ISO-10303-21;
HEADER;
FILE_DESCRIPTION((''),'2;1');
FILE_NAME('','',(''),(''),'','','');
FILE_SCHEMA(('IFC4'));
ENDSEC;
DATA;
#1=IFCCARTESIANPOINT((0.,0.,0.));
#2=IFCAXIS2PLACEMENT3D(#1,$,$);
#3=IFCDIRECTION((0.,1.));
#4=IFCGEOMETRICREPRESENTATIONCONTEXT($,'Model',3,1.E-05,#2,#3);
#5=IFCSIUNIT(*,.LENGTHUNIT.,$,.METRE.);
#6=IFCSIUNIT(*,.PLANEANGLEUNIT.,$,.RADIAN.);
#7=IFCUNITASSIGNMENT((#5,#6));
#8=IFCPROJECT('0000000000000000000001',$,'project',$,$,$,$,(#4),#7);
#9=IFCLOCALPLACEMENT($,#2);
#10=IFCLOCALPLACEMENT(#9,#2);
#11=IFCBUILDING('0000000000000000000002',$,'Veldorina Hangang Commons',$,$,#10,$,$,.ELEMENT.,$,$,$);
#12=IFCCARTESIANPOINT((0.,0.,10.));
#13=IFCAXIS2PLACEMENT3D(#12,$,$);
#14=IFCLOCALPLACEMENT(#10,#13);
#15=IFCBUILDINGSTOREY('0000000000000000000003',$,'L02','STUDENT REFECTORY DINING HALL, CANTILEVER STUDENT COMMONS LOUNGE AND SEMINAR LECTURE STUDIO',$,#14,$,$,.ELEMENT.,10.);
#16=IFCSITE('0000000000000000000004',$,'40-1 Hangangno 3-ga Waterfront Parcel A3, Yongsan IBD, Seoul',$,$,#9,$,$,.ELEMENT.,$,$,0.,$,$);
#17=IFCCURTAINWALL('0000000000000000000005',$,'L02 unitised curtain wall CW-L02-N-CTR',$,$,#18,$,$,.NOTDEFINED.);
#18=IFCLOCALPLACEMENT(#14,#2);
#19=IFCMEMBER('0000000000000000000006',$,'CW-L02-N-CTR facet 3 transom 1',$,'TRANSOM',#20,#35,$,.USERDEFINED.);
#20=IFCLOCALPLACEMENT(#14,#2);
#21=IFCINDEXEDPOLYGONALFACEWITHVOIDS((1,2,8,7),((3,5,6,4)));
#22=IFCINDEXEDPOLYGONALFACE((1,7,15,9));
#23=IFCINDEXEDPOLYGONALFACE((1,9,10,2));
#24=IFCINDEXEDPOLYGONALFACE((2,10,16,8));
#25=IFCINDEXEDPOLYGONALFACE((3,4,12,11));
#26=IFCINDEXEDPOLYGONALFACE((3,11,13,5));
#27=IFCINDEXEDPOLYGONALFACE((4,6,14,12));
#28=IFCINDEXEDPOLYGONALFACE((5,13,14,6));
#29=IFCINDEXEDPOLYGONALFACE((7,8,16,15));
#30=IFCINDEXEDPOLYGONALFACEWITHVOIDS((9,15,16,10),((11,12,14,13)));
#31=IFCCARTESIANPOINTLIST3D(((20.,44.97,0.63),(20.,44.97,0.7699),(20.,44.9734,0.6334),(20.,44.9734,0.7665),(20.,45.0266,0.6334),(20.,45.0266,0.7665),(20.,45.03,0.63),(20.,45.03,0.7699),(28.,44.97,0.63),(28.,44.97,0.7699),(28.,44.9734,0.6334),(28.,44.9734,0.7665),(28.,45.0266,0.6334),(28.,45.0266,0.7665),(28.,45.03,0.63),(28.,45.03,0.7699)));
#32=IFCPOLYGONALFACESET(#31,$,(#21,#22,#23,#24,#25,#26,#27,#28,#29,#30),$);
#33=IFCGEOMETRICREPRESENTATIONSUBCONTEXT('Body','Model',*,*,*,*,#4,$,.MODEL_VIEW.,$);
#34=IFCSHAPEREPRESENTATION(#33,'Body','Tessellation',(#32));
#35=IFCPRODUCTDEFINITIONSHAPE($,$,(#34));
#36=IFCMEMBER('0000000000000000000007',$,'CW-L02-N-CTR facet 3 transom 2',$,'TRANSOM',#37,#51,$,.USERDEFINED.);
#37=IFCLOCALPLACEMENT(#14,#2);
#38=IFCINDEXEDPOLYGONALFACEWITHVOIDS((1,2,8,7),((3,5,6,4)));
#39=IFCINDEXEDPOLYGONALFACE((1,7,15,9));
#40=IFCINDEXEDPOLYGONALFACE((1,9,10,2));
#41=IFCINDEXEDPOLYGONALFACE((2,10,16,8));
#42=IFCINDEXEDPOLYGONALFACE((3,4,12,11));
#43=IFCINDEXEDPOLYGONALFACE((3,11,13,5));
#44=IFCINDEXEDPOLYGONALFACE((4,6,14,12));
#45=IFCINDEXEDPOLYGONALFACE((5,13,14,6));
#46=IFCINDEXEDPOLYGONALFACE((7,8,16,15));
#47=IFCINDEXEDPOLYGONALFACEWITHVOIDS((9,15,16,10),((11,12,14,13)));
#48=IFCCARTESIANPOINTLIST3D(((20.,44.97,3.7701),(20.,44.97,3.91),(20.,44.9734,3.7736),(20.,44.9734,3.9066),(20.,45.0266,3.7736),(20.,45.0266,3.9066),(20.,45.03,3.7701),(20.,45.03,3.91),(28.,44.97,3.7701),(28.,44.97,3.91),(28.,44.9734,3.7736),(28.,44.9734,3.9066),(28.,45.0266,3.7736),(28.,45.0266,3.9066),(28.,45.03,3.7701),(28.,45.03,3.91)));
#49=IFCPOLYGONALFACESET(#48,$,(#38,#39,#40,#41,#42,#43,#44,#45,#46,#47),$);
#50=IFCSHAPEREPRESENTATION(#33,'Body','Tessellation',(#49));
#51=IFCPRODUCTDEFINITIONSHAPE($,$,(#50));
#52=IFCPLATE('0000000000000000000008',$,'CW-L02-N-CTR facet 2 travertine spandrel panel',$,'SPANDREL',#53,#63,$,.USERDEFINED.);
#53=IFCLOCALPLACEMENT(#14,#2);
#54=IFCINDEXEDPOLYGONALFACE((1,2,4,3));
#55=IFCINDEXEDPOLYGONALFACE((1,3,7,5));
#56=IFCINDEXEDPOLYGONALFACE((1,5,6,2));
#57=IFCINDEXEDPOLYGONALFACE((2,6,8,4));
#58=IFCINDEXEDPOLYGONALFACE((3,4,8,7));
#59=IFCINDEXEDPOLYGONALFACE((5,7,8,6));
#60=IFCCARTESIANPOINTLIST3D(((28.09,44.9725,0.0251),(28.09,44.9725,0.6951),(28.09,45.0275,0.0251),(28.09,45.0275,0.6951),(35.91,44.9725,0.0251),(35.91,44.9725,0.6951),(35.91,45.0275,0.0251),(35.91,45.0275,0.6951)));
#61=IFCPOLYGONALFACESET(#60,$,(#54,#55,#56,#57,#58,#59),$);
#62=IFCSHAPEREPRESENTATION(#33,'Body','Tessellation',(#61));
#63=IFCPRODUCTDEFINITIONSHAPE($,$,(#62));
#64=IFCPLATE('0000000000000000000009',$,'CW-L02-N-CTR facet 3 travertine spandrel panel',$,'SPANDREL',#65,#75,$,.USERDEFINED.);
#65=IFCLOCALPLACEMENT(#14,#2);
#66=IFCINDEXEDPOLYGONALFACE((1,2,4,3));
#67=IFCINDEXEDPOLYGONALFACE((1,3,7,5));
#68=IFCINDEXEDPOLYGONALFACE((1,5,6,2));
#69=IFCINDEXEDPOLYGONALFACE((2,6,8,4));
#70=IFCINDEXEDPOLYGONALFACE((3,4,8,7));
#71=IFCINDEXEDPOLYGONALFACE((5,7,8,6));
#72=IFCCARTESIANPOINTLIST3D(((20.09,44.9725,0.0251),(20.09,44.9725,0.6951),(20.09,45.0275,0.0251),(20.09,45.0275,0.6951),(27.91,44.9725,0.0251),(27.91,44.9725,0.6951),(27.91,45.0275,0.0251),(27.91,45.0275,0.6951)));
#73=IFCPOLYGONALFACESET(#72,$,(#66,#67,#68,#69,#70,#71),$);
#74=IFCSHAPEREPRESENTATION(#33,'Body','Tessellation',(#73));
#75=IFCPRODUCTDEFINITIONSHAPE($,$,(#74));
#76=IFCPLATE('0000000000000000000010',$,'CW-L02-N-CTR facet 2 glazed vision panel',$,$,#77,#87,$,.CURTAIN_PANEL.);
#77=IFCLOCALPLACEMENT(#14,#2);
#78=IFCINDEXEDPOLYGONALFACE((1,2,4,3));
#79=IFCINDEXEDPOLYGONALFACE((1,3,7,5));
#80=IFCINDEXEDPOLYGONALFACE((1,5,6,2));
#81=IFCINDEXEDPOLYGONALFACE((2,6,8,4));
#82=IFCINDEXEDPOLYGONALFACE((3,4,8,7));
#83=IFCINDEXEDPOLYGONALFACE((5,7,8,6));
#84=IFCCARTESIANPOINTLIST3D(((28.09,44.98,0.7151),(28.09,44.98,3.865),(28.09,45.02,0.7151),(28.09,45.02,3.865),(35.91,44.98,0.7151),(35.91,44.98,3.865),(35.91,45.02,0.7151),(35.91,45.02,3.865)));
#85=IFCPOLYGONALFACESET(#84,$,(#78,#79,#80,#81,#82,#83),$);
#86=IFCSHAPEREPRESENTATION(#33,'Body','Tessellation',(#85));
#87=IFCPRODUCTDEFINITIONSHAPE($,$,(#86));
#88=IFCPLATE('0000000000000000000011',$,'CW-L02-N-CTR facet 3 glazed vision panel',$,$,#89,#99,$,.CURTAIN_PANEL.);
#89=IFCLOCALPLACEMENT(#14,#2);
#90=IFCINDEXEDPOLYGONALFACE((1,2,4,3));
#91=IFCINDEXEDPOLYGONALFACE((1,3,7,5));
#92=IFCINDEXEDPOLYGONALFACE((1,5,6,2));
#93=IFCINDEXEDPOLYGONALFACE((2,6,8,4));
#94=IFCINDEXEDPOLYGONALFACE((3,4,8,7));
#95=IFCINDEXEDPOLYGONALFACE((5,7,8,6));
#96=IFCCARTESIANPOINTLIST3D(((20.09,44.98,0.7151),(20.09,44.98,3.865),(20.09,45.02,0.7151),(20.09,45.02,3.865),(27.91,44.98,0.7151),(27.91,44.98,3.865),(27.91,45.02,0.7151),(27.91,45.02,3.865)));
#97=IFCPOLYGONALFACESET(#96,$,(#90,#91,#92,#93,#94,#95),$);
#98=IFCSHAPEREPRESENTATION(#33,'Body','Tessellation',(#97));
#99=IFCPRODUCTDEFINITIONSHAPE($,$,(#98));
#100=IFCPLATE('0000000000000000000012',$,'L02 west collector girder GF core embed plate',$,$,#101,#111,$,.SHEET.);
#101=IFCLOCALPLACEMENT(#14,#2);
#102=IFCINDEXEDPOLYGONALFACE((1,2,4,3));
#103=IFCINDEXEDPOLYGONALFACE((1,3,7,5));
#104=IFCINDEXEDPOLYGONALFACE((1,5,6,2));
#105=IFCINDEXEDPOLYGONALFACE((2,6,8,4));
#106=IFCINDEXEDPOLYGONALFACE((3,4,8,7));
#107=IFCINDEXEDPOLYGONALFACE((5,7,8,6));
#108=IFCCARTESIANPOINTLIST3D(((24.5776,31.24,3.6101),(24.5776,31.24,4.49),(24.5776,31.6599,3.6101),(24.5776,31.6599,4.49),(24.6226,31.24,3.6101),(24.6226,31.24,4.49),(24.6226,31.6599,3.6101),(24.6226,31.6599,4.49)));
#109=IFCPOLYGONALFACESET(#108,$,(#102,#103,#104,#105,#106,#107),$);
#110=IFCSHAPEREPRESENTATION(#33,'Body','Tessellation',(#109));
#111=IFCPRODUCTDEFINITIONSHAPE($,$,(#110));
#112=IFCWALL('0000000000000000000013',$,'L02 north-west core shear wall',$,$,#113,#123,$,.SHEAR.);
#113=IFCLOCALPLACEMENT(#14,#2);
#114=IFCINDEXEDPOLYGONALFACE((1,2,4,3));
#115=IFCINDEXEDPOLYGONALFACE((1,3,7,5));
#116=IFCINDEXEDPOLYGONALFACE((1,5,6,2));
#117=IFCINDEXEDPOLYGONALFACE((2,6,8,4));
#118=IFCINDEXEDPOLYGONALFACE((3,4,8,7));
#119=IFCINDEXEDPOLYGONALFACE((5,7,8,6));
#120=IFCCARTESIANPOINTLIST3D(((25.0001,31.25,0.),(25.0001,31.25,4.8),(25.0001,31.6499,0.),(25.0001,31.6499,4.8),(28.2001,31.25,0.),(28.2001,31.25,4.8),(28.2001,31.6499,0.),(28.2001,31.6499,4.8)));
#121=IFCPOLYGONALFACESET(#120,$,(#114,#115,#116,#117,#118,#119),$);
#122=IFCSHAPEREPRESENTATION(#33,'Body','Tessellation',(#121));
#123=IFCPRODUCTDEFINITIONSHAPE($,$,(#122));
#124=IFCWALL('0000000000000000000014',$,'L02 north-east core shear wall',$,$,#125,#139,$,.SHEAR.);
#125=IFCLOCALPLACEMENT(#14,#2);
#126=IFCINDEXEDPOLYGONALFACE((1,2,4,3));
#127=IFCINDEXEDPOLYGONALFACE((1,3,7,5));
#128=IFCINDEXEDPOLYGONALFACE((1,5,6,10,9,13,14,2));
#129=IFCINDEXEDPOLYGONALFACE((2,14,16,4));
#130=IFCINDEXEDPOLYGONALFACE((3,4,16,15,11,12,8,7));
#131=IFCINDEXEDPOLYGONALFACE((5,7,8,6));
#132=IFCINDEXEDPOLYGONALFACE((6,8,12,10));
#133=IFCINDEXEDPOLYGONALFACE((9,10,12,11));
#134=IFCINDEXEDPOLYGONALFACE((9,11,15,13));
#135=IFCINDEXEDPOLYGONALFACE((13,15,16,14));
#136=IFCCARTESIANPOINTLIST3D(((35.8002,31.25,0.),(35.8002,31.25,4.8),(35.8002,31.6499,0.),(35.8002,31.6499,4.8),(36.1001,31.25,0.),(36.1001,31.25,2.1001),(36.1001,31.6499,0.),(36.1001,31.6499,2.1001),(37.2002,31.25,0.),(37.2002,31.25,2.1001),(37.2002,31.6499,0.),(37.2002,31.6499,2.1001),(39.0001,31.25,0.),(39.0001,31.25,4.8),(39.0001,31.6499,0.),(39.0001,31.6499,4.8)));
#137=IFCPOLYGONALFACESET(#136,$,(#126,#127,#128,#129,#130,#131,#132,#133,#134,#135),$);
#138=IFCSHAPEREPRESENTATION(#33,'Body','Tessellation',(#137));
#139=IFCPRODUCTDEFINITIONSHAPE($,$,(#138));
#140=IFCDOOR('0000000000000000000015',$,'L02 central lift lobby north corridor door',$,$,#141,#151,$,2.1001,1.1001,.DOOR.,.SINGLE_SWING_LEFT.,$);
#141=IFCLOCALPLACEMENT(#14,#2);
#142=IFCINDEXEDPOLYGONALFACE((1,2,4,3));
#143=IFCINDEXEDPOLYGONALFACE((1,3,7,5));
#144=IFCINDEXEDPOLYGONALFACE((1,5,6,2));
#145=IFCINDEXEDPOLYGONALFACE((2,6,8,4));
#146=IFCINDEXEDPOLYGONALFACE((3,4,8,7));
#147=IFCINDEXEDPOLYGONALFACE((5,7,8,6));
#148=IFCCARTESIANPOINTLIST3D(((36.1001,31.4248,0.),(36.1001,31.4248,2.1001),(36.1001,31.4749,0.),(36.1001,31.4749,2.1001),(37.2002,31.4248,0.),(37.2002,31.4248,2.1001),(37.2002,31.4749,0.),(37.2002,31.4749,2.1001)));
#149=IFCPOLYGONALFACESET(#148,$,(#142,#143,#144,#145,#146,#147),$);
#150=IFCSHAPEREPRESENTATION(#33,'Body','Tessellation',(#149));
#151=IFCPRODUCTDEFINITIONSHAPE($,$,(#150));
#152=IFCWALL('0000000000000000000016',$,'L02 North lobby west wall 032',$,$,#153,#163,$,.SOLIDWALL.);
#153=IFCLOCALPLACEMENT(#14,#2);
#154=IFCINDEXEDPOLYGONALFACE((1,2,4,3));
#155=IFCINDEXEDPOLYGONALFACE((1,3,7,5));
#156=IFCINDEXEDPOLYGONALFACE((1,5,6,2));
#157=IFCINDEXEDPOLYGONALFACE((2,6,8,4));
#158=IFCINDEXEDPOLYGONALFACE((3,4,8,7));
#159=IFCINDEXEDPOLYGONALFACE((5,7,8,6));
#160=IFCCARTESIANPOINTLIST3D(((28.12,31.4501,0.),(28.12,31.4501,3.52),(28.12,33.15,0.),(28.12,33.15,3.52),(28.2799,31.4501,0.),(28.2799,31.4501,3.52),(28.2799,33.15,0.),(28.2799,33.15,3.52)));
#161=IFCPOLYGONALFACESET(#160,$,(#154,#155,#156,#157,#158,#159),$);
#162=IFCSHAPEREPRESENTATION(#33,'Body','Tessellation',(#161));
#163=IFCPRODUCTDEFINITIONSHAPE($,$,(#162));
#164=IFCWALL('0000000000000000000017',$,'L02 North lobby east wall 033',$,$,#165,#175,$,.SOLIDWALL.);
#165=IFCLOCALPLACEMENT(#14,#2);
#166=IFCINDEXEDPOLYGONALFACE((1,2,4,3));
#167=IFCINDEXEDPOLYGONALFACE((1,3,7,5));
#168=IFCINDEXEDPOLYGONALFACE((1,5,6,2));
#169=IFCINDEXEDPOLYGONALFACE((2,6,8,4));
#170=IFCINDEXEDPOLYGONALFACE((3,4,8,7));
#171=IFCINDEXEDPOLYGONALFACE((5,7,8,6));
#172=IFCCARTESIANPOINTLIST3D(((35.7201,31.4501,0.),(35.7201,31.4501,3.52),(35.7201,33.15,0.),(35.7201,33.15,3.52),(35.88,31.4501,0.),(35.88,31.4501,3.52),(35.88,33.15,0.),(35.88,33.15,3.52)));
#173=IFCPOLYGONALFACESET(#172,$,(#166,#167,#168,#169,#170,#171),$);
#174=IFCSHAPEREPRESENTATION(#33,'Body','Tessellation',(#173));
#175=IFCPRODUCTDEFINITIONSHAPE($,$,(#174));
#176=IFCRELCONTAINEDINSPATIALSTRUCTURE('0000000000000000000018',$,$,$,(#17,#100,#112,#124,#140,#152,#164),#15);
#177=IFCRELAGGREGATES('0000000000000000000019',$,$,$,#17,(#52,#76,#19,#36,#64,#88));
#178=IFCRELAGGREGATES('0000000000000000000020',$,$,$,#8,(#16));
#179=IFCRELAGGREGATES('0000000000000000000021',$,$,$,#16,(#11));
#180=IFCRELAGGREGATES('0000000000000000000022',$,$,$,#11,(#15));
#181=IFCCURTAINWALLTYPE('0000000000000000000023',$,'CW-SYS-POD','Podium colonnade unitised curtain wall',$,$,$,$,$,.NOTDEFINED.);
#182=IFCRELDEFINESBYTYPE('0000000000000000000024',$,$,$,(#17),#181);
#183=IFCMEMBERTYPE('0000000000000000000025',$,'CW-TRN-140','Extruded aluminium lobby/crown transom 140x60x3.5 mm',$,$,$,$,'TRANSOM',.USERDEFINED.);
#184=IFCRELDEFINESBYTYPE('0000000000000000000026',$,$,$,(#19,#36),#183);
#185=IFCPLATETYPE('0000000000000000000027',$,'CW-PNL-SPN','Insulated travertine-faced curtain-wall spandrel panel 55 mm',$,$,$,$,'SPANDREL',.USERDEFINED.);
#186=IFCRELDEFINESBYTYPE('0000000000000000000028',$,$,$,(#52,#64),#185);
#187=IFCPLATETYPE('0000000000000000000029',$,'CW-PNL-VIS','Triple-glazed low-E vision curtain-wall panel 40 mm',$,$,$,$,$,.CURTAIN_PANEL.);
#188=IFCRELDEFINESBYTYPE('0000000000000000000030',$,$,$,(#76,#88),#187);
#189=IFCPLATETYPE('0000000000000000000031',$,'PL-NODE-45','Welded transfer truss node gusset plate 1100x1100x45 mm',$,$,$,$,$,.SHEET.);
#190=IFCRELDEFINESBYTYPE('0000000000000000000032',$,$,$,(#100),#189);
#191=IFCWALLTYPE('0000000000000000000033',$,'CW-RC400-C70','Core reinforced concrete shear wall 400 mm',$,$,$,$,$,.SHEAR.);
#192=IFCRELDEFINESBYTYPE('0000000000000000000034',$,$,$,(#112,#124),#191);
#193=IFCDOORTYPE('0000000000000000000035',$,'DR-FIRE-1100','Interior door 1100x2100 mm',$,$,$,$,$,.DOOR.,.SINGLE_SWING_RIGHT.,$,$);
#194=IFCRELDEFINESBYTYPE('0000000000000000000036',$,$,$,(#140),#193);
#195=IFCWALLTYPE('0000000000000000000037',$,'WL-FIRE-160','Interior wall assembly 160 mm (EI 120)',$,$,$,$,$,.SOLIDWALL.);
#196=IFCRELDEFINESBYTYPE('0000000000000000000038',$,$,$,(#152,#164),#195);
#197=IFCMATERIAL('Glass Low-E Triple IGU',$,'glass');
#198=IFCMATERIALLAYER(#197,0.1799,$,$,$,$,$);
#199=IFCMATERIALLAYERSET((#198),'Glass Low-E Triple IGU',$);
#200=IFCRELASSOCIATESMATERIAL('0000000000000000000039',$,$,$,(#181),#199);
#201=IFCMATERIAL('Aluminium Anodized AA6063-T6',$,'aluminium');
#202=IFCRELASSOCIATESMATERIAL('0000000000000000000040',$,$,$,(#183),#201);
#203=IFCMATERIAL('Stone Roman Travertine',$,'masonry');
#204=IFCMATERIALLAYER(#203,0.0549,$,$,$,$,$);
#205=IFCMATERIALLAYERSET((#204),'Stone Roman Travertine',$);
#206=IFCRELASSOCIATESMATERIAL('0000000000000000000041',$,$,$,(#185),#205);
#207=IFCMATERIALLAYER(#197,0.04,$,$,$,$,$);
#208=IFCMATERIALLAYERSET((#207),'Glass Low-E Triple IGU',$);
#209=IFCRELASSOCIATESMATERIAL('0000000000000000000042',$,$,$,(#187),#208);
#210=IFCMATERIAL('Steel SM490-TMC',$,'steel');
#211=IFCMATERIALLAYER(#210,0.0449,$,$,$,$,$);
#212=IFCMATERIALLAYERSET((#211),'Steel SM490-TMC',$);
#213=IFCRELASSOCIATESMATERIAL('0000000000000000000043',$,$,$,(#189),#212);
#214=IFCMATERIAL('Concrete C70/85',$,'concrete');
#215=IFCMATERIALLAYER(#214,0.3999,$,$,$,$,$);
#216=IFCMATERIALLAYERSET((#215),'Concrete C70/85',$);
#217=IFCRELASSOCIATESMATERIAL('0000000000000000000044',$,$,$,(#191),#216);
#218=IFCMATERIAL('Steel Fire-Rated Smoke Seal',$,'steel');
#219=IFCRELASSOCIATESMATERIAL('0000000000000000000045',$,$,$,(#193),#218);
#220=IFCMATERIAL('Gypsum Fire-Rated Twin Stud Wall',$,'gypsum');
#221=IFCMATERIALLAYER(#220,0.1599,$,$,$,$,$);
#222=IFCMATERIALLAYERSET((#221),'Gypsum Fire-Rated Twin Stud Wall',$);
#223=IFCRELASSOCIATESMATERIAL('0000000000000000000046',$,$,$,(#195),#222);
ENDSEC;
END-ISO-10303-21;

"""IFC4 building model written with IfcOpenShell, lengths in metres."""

from ifc_helpers import new_model, si_unit, direction, frame, frame_2d, origin, origin_2d, place, context, subcontext, project, spatial, rectangle, hollow_rectangle, extrude, material, layer, layer_set, material_profile, profile_set, type_object, element, fill, aggregate, save


model = new_model("IFC4")

# Units and contexts
model_context = context("Model", 3, precision=1e-05, world=origin(), true_north=direction((0.0, 1.0)))
body_context = subcontext(model_context, "Body", "Model", "MODEL_VIEW")
ifc_project = project(units=[si_unit("LENGTHUNIT", "METRE"), si_unit("PLANEANGLEUNIT", "RADIAN")], contexts=[model_context])

# Site, building, storey
site_placement = place(None, origin())
site = spatial("IfcSite", under=ifc_project, at=site_placement, Name="40-1 Hangangno 3-ga Waterfront Parcel A3, Yongsan IBD, Seoul", CompositionType="ELEMENT", RefElevation=0.0)
building_placement = place(site_placement, origin())
building = spatial("IfcBuilding", under=site, at=building_placement, Name="Veldorina Hangang Commons", CompositionType="ELEMENT")
storey_placement = place(building_placement, frame((0.0, 0.0, 10.0)))
storey = spatial("IfcBuildingStorey", under=building, at=storey_placement, Name="L02", Description="STUDENT REFECTORY DINING HALL, CANTILEVER STUDENT COMMONS LOUNGE AND SEMINAR LECTURE STUDIO", CompositionType="ELEMENT", Elevation=10.0)

# Shared definitions
ifc_material_1 = material(Name="Concrete C70/85", Category="concrete")

# Curtain wall, members, plates
ifc_material_2 = material(Name="Glass Low-E Triple IGU", Category="glass")
ifc_layer_1 = layer(ifc_material_2, 0.1799)
ifc_layer_set_1 = layer_set([ifc_layer_1], Name="Glass Low-E Triple IGU")
curtain_wall_type = type_object("IfcCurtainWallType", Name="CW-SYS-POD", Description="Podium colonnade unitised curtain wall", PredefinedType="NOTDEFINED", material=ifc_layer_set_1)
curtain_wall_placement = place(storey_placement, origin())
curtain_wall = element("IfcCurtainWall", 1, at=curtain_wall_placement, inside=storey, type_object=curtain_wall_type, Name="L02 unitised curtain wall CW-L02-N-CTR", PredefinedType="NOTDEFINED")
ifc_material_3 = material(Name="Aluminium Anodized AA6063-T6", Category="aluminium")
ifc_material_profile_1 = material_profile(ifc_material_3, hollow_rectangle(XDim=0.0601, YDim=0.1399, WallThickness=0.0034, at=origin_2d()), Name="ALU-RHS-140x60x3.5")
ifc_profile_set_1 = profile_set([ifc_material_profile_1], Name="Aluminium Anodized AA6063-T6")
member_type_1 = type_object("IfcMemberType", Name="CW-TRN-140", Description="Extruded aluminium lobby/crown transom 140x60x3.5 mm", ElementType="TRANSOM", PredefinedType="USERDEFINED", material=ifc_profile_set_1)
member_1_placement = place(storey_placement, frame((28.0, 45.0, 0.7), z_axis=(-1.0, 0.0, 0.0), x_axis=(0.0, -1.0, 0.0)))
member_1 = element("IfcMember", 2, at=member_1_placement, type_object=member_type_1, Name="CW-L02-N-CTR facet 3 transom 1", ObjectType="TRANSOM", PredefinedType="USERDEFINED", context=body_context, shape_type="SweptSolid", body=[
    extrude(hollow_rectangle(XDim=0.0601, YDim=0.1399, WallThickness=0.0034, at=origin_2d()), origin(), (0.0, 0.0, 1.0), 8.0),
])
member_2_placement = place(storey_placement, frame((28.0, 45.0, 3.8401), z_axis=(-1.0, 0.0, 0.0), x_axis=(0.0, -1.0, 0.0)))
member_2 = element("IfcMember", 3, at=member_2_placement, type_object=member_type_1, Name="CW-L02-N-CTR facet 3 transom 2", ObjectType="TRANSOM", PredefinedType="USERDEFINED", context=body_context, shape_type="SweptSolid", body=[
    extrude(hollow_rectangle(XDim=0.0601, YDim=0.1399, WallThickness=0.0034, at=origin_2d()), origin(), (0.0, 0.0, 1.0), 8.0),
])
ifc_material_4 = material(Name="Stone Roman Travertine", Category="masonry")
ifc_layer_2 = layer(ifc_material_4, 0.0549)
ifc_layer_set_2 = layer_set([ifc_layer_2], Name="Stone Roman Travertine")
plate_type_1 = type_object("IfcPlateType", Name="CW-PNL-SPN", Description="Insulated travertine-faced curtain-wall spandrel panel 55 mm", ElementType="SPANDREL", PredefinedType="USERDEFINED", material=ifc_layer_set_2)
plate_1_placement = place(storey_placement, frame((32.0, 45.0, 0.0251), z_axis=(0.0, 0.0, 1.0), x_axis=(-1.0, 0.0, 0.0)))
plate_1 = element("IfcPlate", 4, at=plate_1_placement, type_object=plate_type_1, Name="CW-L02-N-CTR facet 2 travertine spandrel panel", ObjectType="SPANDREL", PredefinedType="USERDEFINED", context=body_context, shape_type="SweptSolid", body=[
    extrude(rectangle(XDim=7.8201, YDim=0.0549, at=origin_2d()), origin(), (0.0, 0.0, 1.0), 0.6699),
])
plate_2_placement = place(storey_placement, frame((24.0, 45.0, 0.0251), z_axis=(0.0, 0.0, 1.0), x_axis=(-1.0, 0.0, 0.0)))
plate_2 = element("IfcPlate", 5, at=plate_2_placement, type_object=plate_type_1, Name="CW-L02-N-CTR facet 3 travertine spandrel panel", ObjectType="SPANDREL", PredefinedType="USERDEFINED", context=body_context, shape_type="SweptSolid", body=[
    extrude(rectangle(XDim=7.8201, YDim=0.0549, at=origin_2d()), origin(), (0.0, 0.0, 1.0), 0.6699),
])
ifc_layer_3 = layer(ifc_material_2, 0.04)
ifc_layer_set_3 = layer_set([ifc_layer_3], Name="Glass Low-E Triple IGU")
plate_type_2 = type_object("IfcPlateType", Name="CW-PNL-VIS", Description="Triple-glazed low-E vision curtain-wall panel 40 mm", PredefinedType="CURTAIN_PANEL", material=ifc_layer_set_3)
plate_3_placement = place(storey_placement, frame((32.0, 45.0, 0.7151), z_axis=(0.0, 0.0, 1.0), x_axis=(-1.0, 0.0, 0.0)))
plate_3 = element("IfcPlate", 6, at=plate_3_placement, type_object=plate_type_2, Name="CW-L02-N-CTR facet 2 glazed vision panel", PredefinedType="CURTAIN_PANEL", context=body_context, shape_type="SweptSolid", body=[
    extrude(rectangle(XDim=7.8201, YDim=0.04, at=origin_2d()), origin(), (0.0, 0.0, 1.0), 3.1499),
])
plate_4_placement = place(storey_placement, frame((24.0, 45.0, 0.7151), z_axis=(0.0, 0.0, 1.0), x_axis=(-1.0, 0.0, 0.0)))
plate_4 = element("IfcPlate", 7, at=plate_4_placement, type_object=plate_type_2, Name="CW-L02-N-CTR facet 3 glazed vision panel", PredefinedType="CURTAIN_PANEL", context=body_context, shape_type="SweptSolid", body=[
    extrude(rectangle(XDim=7.8201, YDim=0.04, at=origin_2d()), origin(), (0.0, 0.0, 1.0), 3.1499),
])
aggregate(curtain_wall, [plate_1, plate_3, member_1, member_2, plate_2, plate_4])

# Plate
ifc_material_5 = material(Name="Steel SM490-TMC", Category="steel")
ifc_layer_4 = layer(ifc_material_5, 0.0449)
ifc_layer_set_4 = layer_set([ifc_layer_4], Name="Steel SM490-TMC")
plate_type_3 = type_object("IfcPlateType", Name="PL-NODE-45", Description="Welded transfer truss node gusset plate 1100x1100x45 mm", PredefinedType="SHEET", material=ifc_layer_set_4)
plate_5_placement = place(storey_placement, frame((24.6001, 31.45, 3.6101), z_axis=(0.0, 0.0, 1.0), x_axis=(1.0, 0.0, 0.0)))
element("IfcPlate", 8, at=plate_5_placement, inside=storey, type_object=plate_type_3, Name="L02 west collector girder GF core embed plate", PredefinedType="SHEET", context=body_context, shape_type="SweptSolid", body=[
    extrude(rectangle(XDim=0.0449, YDim=0.4199, at=origin_2d()), origin(), (0.0, 0.0, 1.0), 0.8799),
])

# Wall
ifc_layer_5 = layer(ifc_material_1, 0.3999)
ifc_layer_set_5 = layer_set([ifc_layer_5], Name="Concrete C70/85")
wall_type_1 = type_object("IfcWallType", Name="CW-RC400-C70", Description="Core reinforced concrete shear wall 400 mm", PredefinedType="SHEAR", material=ifc_layer_set_5)
wall_1_placement = place(storey_placement, frame((25.0, 31.45, 0.0), z_axis=(0.0, 0.0, 1.0), x_axis=(1.0, 0.0, 0.0)))
element("IfcWall", 9, at=wall_1_placement, inside=storey, type_object=wall_type_1, Name="L02 north-west core shear wall", PredefinedType="SHEAR", context=body_context, shape_type="SweptSolid", body=[
    extrude(rectangle(XDim=3.2, YDim=0.3999, at=frame_2d((1.6001, 0.0))), origin(), (0.0, 0.0, 1.0), 4.8),
])

# Wall, opening, door
wall_2_placement = place(storey_placement, frame((35.8, 31.45, 0.0), z_axis=(0.0, 0.0, 1.0), x_axis=(1.0, 0.0, 0.0)))
wall_2 = element("IfcWall", 10, at=wall_2_placement, inside=storey, type_object=wall_type_1, Name="L02 north-east core shear wall", PredefinedType="SHEAR", context=body_context, shape_type="SweptSolid", body=[
    extrude(rectangle(XDim=3.2, YDim=0.3999, at=frame_2d((1.6001, 0.0))), origin(), (0.0, 0.0, 1.0), 4.8),
])
opening_1_placement = place(wall_2_placement, frame((0.3, 0.0, 0.0)))
opening_1 = element("IfcOpeningElement", 11, at=opening_1_placement, cuts=wall_2, PredefinedType="OPENING", context=body_context, shape_type="SweptSolid", body=[
    extrude(rectangle(XDim=1.1001, YDim=2.1001, at=frame_2d((0.55, 1.05))), frame((0.0, 0.21, 0.0), z_axis=(0.0, -1.0, 0.0), x_axis=(1.0, 0.0, 0.0)), (0.0, 0.0, 1.0), 0.4199),
])
ifc_material_6 = material(Name="Steel Fire-Rated Smoke Seal", Category="steel")
door_type_1 = type_object("IfcDoorType", Name="DR-FIRE-1100", Description="Interior door 1100x2100 mm", OperationType="SINGLE_SWING_RIGHT", PredefinedType="DOOR", material=ifc_material_6)
door_1_placement = place(opening_1_placement, origin())
door_1 = element("IfcDoor", 12, at=door_1_placement, inside=storey, type_object=door_type_1, Name="L02 central lift lobby north corridor door", OperationType="SINGLE_SWING_LEFT", OverallHeight=2.1001, OverallWidth=1.1001, PredefinedType="DOOR", context=body_context, shape_type="SweptSolid", body=[
    extrude(rectangle(XDim=1.1001, YDim=2.1001, at=frame_2d((0.55, 1.05))), frame((0.0, 0.0249, 0.0), z_axis=(0.0, -1.0, 0.0), x_axis=(1.0, 0.0, 0.0)), (0.0, 0.0, 1.0), 0.05),
])
fill(opening_1, door_1)

# Shared definitions
ifc_material_7 = material(Name="Gypsum Fire-Rated Twin Stud Wall", Category="gypsum")
ifc_layer_6 = layer(ifc_material_7, 0.1599)
ifc_layer_set_6 = layer_set([ifc_layer_6], Name="Gypsum Fire-Rated Twin Stud Wall")
wall_type_2 = type_object("IfcWallType", Name="WL-FIRE-160", Description="Interior wall assembly 160 mm (EI 120)", PredefinedType="SOLIDWALL", material=ifc_layer_set_6)

# Walls
for number, where, z_axis, x_axis, name in (
    (13, (28.2, 31.45, 0.0), (0.0, 0.0, 1.0), (0.0, 1.0, 0.0), "L02 North lobby west wall 032"),
    (14, (35.8, 31.45, 0.0), (0.0, 0.0, 1.0), (0.0, 1.0, 0.0), "L02 North lobby east wall 033"),
):
    element("IfcWall", number, at=place(storey_placement, frame(where, z_axis=z_axis, x_axis=x_axis)), inside=storey, type_object=wall_type_2, Name=name, PredefinedType="SOLIDWALL", context=body_context, shape_type="SweptSolid", body=[
        extrude(rectangle(XDim=1.7, YDim=0.1599, at=frame_2d((0.8501, 0.0))), origin(), (0.0, 0.0, 1.0), 3.52),
    ])

save(model, "model.ifc")
